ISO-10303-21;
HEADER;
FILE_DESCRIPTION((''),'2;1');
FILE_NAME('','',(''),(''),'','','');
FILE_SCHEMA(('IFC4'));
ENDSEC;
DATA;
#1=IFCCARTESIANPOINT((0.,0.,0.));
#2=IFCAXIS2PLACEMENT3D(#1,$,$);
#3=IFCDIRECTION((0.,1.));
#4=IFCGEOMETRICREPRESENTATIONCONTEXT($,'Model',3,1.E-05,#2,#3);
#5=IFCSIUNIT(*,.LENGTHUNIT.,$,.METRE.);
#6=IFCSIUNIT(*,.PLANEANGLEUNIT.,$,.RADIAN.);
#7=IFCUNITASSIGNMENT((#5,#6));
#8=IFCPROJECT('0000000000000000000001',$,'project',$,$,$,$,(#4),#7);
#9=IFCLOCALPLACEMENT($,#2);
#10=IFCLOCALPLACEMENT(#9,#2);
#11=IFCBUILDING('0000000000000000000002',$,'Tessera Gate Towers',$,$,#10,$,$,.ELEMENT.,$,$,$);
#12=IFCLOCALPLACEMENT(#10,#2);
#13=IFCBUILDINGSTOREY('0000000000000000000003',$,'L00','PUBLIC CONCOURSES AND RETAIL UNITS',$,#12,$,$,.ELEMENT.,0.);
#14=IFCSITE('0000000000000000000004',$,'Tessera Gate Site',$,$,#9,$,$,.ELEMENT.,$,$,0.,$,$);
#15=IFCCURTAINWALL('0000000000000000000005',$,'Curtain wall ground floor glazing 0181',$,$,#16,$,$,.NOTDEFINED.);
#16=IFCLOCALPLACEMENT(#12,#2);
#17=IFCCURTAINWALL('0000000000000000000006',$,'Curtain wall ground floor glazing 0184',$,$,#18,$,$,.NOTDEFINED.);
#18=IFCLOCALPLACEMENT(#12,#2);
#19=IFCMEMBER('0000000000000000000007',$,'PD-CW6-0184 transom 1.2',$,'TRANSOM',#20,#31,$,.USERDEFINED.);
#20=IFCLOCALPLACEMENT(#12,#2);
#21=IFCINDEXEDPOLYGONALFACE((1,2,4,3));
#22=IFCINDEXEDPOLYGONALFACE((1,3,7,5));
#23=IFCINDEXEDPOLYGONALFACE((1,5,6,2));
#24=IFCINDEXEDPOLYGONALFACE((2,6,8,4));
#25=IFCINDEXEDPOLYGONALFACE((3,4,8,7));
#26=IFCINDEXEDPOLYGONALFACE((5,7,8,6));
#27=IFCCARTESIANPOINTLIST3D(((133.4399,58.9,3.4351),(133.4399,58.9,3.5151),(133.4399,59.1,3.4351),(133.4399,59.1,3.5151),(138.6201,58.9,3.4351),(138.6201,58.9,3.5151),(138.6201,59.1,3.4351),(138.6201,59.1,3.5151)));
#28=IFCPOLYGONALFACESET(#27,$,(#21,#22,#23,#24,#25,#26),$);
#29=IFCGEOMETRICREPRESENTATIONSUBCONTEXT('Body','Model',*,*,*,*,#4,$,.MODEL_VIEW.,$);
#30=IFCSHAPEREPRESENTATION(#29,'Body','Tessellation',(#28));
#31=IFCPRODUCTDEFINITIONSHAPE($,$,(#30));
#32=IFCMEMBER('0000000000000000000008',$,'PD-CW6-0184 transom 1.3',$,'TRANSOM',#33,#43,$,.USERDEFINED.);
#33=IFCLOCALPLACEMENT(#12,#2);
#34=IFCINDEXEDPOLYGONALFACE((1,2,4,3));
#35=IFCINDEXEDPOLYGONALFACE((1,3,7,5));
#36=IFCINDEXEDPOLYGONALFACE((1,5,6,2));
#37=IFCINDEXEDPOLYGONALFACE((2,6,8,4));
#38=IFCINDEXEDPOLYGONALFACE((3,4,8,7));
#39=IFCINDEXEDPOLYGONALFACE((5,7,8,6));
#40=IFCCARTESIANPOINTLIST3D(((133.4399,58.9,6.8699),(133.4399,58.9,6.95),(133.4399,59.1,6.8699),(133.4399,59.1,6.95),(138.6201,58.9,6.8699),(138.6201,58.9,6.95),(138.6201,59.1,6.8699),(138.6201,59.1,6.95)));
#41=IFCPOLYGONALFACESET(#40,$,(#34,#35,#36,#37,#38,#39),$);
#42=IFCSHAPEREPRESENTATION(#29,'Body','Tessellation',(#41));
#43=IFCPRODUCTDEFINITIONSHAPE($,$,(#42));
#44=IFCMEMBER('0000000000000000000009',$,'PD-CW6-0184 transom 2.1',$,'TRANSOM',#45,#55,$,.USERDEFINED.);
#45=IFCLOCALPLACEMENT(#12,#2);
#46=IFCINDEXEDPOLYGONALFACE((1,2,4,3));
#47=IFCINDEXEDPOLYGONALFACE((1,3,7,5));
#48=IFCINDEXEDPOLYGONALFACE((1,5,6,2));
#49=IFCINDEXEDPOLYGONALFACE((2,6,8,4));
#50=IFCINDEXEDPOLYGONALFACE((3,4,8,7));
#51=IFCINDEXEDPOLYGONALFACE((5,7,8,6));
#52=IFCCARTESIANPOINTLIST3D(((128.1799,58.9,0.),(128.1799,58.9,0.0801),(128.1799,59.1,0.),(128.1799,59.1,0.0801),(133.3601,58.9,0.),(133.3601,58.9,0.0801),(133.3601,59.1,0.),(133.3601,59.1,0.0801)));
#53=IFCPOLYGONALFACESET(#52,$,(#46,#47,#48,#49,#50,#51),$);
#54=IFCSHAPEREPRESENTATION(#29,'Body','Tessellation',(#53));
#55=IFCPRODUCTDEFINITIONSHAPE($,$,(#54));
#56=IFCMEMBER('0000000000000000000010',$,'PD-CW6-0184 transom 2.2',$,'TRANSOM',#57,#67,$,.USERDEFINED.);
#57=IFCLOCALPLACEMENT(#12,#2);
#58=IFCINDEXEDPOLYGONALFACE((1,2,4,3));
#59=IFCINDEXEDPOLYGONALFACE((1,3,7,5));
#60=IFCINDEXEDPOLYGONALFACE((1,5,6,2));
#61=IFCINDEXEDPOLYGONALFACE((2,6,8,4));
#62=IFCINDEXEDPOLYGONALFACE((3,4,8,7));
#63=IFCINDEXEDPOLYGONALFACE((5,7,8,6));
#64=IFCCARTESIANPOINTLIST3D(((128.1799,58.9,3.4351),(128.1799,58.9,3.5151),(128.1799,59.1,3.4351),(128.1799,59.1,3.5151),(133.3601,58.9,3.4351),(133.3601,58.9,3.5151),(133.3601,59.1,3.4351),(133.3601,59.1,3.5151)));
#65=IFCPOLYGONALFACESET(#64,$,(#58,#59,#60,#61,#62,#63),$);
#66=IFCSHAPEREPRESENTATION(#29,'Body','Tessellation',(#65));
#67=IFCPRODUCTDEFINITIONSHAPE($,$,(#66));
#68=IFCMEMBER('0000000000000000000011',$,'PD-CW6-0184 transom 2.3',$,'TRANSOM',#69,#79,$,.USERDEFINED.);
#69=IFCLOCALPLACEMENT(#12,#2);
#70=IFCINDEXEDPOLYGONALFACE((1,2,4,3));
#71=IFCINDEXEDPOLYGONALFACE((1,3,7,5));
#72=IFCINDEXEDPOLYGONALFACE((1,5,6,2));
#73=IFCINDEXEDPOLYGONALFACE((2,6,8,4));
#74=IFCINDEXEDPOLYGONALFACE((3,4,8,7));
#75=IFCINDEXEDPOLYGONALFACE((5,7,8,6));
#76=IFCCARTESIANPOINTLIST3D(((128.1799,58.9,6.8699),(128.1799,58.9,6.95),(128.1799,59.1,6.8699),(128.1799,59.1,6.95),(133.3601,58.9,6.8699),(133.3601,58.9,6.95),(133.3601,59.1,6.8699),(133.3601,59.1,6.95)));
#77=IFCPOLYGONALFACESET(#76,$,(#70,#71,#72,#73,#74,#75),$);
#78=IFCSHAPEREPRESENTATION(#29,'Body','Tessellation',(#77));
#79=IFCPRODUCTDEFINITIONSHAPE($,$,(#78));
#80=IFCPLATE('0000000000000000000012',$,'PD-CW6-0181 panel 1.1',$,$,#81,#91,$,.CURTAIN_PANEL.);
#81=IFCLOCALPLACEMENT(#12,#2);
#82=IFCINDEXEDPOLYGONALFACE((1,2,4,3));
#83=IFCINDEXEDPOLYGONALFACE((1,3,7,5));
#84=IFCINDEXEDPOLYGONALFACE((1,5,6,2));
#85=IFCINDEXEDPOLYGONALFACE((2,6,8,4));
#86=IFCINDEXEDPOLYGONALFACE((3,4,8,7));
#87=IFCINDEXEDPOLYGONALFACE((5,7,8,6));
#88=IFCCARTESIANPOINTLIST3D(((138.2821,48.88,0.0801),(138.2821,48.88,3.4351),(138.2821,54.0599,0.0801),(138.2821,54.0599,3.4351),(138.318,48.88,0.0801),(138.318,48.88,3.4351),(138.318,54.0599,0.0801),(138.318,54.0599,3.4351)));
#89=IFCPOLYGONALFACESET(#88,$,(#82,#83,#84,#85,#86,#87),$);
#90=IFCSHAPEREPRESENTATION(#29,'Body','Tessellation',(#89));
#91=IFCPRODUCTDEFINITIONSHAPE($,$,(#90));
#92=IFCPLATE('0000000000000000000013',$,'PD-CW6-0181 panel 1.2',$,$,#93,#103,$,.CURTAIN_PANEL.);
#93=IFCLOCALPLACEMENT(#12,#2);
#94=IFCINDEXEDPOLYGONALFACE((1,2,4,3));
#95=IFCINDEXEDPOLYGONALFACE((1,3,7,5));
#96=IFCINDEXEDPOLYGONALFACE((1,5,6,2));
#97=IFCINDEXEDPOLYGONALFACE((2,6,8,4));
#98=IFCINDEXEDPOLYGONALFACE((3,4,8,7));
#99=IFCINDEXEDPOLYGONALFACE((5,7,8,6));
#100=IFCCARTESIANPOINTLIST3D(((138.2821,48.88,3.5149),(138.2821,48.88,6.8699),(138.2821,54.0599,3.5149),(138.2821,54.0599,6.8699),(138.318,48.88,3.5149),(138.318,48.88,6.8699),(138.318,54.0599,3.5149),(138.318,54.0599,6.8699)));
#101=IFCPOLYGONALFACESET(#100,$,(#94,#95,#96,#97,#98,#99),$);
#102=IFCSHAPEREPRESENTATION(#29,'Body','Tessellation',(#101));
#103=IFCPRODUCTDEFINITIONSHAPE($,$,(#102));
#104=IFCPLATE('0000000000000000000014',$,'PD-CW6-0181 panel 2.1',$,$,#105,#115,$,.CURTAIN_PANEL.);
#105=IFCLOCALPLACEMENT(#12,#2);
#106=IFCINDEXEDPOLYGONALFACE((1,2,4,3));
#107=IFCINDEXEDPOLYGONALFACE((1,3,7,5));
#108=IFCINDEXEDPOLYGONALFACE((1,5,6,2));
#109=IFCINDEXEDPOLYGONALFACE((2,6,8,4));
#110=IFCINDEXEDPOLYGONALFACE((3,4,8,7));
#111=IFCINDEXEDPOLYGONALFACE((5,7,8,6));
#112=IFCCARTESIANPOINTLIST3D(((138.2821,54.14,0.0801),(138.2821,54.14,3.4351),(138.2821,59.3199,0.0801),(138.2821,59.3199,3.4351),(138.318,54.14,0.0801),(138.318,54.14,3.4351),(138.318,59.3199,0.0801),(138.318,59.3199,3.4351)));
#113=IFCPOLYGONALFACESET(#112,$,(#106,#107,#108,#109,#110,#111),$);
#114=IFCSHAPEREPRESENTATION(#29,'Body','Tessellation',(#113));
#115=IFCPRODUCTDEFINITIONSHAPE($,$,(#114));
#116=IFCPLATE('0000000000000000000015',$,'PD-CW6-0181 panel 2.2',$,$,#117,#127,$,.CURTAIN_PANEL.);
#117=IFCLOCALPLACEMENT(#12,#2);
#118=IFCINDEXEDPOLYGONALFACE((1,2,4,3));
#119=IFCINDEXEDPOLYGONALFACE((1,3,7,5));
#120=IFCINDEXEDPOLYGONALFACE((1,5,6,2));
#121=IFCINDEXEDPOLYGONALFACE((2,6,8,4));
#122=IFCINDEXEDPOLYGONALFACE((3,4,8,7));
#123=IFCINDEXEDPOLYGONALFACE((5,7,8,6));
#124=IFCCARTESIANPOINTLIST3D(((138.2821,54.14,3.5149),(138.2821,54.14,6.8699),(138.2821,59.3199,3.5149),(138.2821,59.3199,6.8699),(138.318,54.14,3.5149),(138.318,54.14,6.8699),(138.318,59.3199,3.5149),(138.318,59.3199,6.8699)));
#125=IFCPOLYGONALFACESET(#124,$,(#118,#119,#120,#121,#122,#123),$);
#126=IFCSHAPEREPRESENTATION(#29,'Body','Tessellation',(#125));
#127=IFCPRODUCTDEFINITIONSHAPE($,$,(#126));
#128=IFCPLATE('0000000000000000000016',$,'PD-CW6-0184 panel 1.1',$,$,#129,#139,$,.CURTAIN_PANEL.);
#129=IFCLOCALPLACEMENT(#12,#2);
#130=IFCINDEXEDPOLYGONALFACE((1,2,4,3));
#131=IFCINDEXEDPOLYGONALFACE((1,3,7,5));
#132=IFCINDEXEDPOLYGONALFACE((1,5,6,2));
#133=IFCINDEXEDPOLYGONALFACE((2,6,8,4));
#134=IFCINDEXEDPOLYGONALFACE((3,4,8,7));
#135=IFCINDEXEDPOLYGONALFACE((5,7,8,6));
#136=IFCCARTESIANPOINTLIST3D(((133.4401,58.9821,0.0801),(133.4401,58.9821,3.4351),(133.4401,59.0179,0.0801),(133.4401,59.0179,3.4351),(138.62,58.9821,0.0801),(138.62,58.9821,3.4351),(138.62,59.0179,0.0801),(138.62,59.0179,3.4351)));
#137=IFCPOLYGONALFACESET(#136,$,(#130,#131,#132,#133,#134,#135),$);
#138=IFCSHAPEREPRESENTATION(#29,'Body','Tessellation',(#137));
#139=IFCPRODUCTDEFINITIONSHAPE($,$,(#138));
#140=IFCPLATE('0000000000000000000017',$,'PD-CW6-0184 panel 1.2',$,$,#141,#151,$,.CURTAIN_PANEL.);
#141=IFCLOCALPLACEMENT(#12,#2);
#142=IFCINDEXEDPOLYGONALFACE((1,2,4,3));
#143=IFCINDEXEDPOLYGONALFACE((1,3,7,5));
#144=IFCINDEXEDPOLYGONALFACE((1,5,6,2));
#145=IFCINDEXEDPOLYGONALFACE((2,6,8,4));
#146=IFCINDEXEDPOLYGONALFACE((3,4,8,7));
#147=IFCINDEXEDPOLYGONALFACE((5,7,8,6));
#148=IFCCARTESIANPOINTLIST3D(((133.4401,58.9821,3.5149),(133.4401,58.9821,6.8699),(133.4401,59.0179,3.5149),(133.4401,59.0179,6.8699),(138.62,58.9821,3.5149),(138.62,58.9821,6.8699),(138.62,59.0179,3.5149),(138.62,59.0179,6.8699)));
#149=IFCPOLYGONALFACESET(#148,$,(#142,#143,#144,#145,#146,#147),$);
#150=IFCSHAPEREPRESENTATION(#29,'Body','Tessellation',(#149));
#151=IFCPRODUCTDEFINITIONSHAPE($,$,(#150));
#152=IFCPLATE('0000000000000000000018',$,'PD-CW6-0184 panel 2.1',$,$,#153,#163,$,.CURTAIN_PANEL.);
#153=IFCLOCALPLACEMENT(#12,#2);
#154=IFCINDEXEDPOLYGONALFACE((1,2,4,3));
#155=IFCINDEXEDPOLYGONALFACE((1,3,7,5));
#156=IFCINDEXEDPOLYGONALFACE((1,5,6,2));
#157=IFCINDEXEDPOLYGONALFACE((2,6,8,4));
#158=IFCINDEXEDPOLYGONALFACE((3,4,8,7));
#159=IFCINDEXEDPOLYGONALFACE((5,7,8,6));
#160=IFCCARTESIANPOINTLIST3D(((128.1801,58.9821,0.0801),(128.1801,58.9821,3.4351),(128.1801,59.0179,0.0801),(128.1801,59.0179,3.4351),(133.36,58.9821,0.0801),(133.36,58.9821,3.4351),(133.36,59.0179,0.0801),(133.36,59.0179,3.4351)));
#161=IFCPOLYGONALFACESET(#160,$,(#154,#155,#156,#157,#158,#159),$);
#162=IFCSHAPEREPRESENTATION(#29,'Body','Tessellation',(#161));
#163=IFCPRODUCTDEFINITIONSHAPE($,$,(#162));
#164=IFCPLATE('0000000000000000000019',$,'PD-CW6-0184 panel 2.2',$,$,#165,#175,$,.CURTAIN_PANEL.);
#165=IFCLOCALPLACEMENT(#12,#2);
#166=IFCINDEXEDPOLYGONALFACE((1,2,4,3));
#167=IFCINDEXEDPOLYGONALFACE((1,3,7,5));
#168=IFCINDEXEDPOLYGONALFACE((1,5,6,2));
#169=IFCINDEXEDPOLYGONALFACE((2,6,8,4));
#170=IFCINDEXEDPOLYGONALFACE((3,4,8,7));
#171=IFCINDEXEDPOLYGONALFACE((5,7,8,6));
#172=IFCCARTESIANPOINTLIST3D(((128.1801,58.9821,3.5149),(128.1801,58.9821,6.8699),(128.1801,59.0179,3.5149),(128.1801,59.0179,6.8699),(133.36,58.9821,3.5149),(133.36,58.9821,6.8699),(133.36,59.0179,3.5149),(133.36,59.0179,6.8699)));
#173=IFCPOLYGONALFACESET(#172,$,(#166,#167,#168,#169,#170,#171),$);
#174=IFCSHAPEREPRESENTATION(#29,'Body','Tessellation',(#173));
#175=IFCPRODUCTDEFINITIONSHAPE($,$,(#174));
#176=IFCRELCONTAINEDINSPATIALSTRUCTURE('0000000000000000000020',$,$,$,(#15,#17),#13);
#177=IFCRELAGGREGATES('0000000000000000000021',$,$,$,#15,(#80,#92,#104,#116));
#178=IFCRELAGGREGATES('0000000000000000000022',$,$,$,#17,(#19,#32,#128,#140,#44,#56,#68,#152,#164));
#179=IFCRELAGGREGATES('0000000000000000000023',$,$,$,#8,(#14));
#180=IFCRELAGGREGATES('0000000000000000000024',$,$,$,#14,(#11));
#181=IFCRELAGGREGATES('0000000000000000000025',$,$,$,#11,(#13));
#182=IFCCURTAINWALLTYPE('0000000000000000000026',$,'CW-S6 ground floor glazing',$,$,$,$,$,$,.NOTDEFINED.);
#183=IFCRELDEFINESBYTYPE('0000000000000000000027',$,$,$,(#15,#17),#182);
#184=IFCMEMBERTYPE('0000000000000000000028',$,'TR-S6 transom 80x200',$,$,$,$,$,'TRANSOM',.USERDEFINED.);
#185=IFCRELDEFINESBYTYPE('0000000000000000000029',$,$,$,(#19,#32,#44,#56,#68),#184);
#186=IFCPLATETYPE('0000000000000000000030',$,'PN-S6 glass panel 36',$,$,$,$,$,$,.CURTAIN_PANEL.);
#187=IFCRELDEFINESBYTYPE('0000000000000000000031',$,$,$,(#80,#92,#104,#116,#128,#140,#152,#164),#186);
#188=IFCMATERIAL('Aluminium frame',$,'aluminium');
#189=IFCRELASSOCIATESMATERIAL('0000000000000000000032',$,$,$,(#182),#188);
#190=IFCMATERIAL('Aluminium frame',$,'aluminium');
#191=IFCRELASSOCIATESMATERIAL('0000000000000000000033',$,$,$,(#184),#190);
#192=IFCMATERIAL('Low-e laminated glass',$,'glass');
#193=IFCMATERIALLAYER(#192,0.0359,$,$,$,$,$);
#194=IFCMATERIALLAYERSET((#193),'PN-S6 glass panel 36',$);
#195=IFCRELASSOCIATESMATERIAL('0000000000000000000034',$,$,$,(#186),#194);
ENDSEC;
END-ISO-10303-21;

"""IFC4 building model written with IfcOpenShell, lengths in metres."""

from ifc_helpers import new_model, si_unit, direction, frame, origin, origin_2d, place, context, subcontext, project, spatial, rectangle, extrude, material, layer, layer_set, material_profile, profile_set, type_object, element, aggregate, save


model = new_model("IFC4")

# Units and contexts
model_context = context("Model", 3, precision=1e-05, world=origin(), true_north=direction((0.0, 1.0)))
body_context = subcontext(model_context, "Body", "Model", "MODEL_VIEW")
ifc_project = project(units=[si_unit("LENGTHUNIT", "METRE"), si_unit("PLANEANGLEUNIT", "RADIAN")], contexts=[model_context])

# Site, building, storey
site_placement = place(None, origin())
site = spatial("IfcSite", under=ifc_project, at=site_placement, Name="Tessera Gate Site", CompositionType="ELEMENT", RefElevation=0.0)
building_placement = place(site_placement, origin())
building = spatial("IfcBuilding", under=site, at=building_placement, Name="Tessera Gate Towers", CompositionType="ELEMENT")
storey_placement = place(building_placement, origin())
storey = spatial("IfcBuildingStorey", under=building, at=storey_placement, Name="L00", Description="PUBLIC CONCOURSES AND RETAIL UNITS", CompositionType="ELEMENT", Elevation=0.0)

# Curtain walls
ifc_material_1 = material(Name="Aluminium frame", Category="aluminium")
curtain_wall_type = type_object("IfcCurtainWallType", Name="CW-S6 ground floor glazing", PredefinedType="NOTDEFINED", material=ifc_material_1)
curtain_wall_1_placement = place(storey_placement, origin())
curtain_wall_1 = element("IfcCurtainWall", 1, at=curtain_wall_1_placement, inside=storey, type_object=curtain_wall_type, Name="Curtain wall ground floor glazing 0181", PredefinedType="NOTDEFINED")
curtain_wall_2_placement = place(storey_placement, origin())
curtain_wall_2 = element("IfcCurtainWall", 2, at=curtain_wall_2_placement, inside=storey, type_object=curtain_wall_type, Name="Curtain wall ground floor glazing 0184", PredefinedType="NOTDEFINED")

# Members
ifc_material_2 = material(Name="Aluminium frame", Category="aluminium")
ifc_material_profile_1 = material_profile(ifc_material_2, rectangle(XDim=0.2, YDim=0.0801, at=origin_2d()), Name="AL 80x200")
ifc_profile_set_1 = profile_set([ifc_material_profile_1], Name="Aluminium frame")
member_type_1 = type_object("IfcMemberType", Name="TR-S6 transom 80x200", ElementType="TRANSOM", PredefinedType="USERDEFINED", material=ifc_profile_set_1)
member_1_placement = place(storey_placement, frame((138.6201, 59.0, 3.4751), z_axis=(-1.0, 0.0, 0.0), x_axis=(0.0, -1.0, 0.0)))
member_1 = element("IfcMember", 3, at=member_1_placement, type_object=member_type_1, Name="PD-CW6-0184 transom 1.2", ObjectType="TRANSOM", PredefinedType="USERDEFINED", context=body_context, shape_type="SweptSolid", body=[
    extrude(rectangle(XDim=0.2, YDim=0.0801, at=origin_2d()), origin(), (0.0, 0.0, 1.0), 5.1802),
])
member_2_placement = place(storey_placement, frame((138.6201, 59.0, 6.9099), z_axis=(-1.0, 0.0, 0.0), x_axis=(0.0, -1.0, 0.0)))
member_2 = element("IfcMember", 4, at=member_2_placement, type_object=member_type_1, Name="PD-CW6-0184 transom 1.3", ObjectType="TRANSOM", PredefinedType="USERDEFINED", context=body_context, shape_type="SweptSolid", body=[
    extrude(rectangle(XDim=0.2, YDim=0.0801, at=origin_2d()), origin(), (0.0, 0.0, 1.0), 5.1802),
])
member_3_placement = place(storey_placement, frame((133.3601, 59.0, 0.04), z_axis=(-1.0, 0.0, 0.0), x_axis=(0.0, -1.0, 0.0)))
member_3 = element("IfcMember", 5, at=member_3_placement, type_object=member_type_1, Name="PD-CW6-0184 transom 2.1", ObjectType="TRANSOM", PredefinedType="USERDEFINED", context=body_context, shape_type="SweptSolid", body=[
    extrude(rectangle(XDim=0.2, YDim=0.0801, at=origin_2d()), origin(), (0.0, 0.0, 1.0), 5.1802),
])
member_4_placement = place(storey_placement, frame((133.3601, 59.0, 3.4751), z_axis=(-1.0, 0.0, 0.0), x_axis=(0.0, -1.0, 0.0)))
member_4 = element("IfcMember", 6, at=member_4_placement, type_object=member_type_1, Name="PD-CW6-0184 transom 2.2", ObjectType="TRANSOM", PredefinedType="USERDEFINED", context=body_context, shape_type="SweptSolid", body=[
    extrude(rectangle(XDim=0.2, YDim=0.0801, at=origin_2d()), origin(), (0.0, 0.0, 1.0), 5.1802),
])
member_5_placement = place(storey_placement, frame((133.3601, 59.0, 6.9099), z_axis=(-1.0, 0.0, 0.0), x_axis=(0.0, -1.0, 0.0)))
member_5 = element("IfcMember", 7, at=member_5_placement, type_object=member_type_1, Name="PD-CW6-0184 transom 2.3", ObjectType="TRANSOM", PredefinedType="USERDEFINED", context=body_context, shape_type="SweptSolid", body=[
    extrude(rectangle(XDim=0.2, YDim=0.0801, at=origin_2d()), origin(), (0.0, 0.0, 1.0), 5.1802),
])

# Plates
ifc_material_3 = material(Name="Low-e laminated glass", Category="glass")
ifc_layer_1 = layer(ifc_material_3, 0.0359)
ifc_layer_set_1 = layer_set([ifc_layer_1], Name="PN-S6 glass panel 36")
plate_type = type_object("IfcPlateType", Name="PN-S6 glass panel 36", PredefinedType="CURTAIN_PANEL", material=ifc_layer_set_1)
plate_1_placement = place(storey_placement, frame((138.3, 51.47, 0.0801), z_axis=(0.0, 0.0, 1.0), x_axis=(0.0, 1.0, 0.0)))
plate_1 = element("IfcPlate", 8, at=plate_1_placement, type_object=plate_type, Name="PD-CW6-0181 panel 1.1", PredefinedType="CURTAIN_PANEL", context=body_context, shape_type="SweptSolid", body=[
    extrude(rectangle(XDim=5.1799, YDim=0.0359, at=origin_2d()), origin(), (0.0, 0.0, 1.0), 3.355),
])
plate_2_placement = place(storey_placement, frame((138.3, 51.47, 3.5149), z_axis=(0.0, 0.0, 1.0), x_axis=(0.0, 1.0, 0.0)))
plate_2 = element("IfcPlate", 9, at=plate_2_placement, type_object=plate_type, Name="PD-CW6-0181 panel 1.2", PredefinedType="CURTAIN_PANEL", context=body_context, shape_type="SweptSolid", body=[
    extrude(rectangle(XDim=5.1799, YDim=0.0359, at=origin_2d()), origin(), (0.0, 0.0, 1.0), 3.355),
])
plate_3_placement = place(storey_placement, frame((138.3, 56.73, 0.0801), z_axis=(0.0, 0.0, 1.0), x_axis=(0.0, 1.0, 0.0)))
plate_3 = element("IfcPlate", 10, at=plate_3_placement, type_object=plate_type, Name="PD-CW6-0181 panel 2.1", PredefinedType="CURTAIN_PANEL", context=body_context, shape_type="SweptSolid", body=[
    extrude(rectangle(XDim=5.1799, YDim=0.0359, at=origin_2d()), origin(), (0.0, 0.0, 1.0), 3.355),
])
plate_4_placement = place(storey_placement, frame((138.3, 56.73, 3.5149), z_axis=(0.0, 0.0, 1.0), x_axis=(0.0, 1.0, 0.0)))
plate_4 = element("IfcPlate", 11, at=plate_4_placement, type_object=plate_type, Name="PD-CW6-0181 panel 2.2", PredefinedType="CURTAIN_PANEL", context=body_context, shape_type="SweptSolid", body=[
    extrude(rectangle(XDim=5.1799, YDim=0.0359, at=origin_2d()), origin(), (0.0, 0.0, 1.0), 3.355),
])
aggregate(curtain_wall_1, [plate_1, plate_2, plate_3, plate_4])
plate_5_placement = place(storey_placement, frame((136.03, 59.0, 0.0801), z_axis=(0.0, 0.0, 1.0), x_axis=(-1.0, 0.0, 0.0)))
plate_5 = element("IfcPlate", 12, at=plate_5_placement, type_object=plate_type, Name="PD-CW6-0184 panel 1.1", PredefinedType="CURTAIN_PANEL", context=body_context, shape_type="SweptSolid", body=[
    extrude(rectangle(XDim=5.1799, YDim=0.0359, at=origin_2d()), origin(), (0.0, 0.0, 1.0), 3.355),
])
plate_6_placement = place(storey_placement, frame((136.03, 59.0, 3.5149), z_axis=(0.0, 0.0, 1.0), x_axis=(-1.0, 0.0, 0.0)))
plate_6 = element("IfcPlate", 13, at=plate_6_placement, type_object=plate_type, Name="PD-CW6-0184 panel 1.2", PredefinedType="CURTAIN_PANEL", context=body_context, shape_type="SweptSolid", body=[
    extrude(rectangle(XDim=5.1799, YDim=0.0359, at=origin_2d()), origin(), (0.0, 0.0, 1.0), 3.355),
])
plate_7_placement = place(storey_placement, frame((130.77, 59.0, 0.0801), z_axis=(0.0, 0.0, 1.0), x_axis=(-1.0, 0.0, 0.0)))
plate_7 = element("IfcPlate", 14, at=plate_7_placement, type_object=plate_type, Name="PD-CW6-0184 panel 2.1", PredefinedType="CURTAIN_PANEL", context=body_context, shape_type="SweptSolid", body=[
    extrude(rectangle(XDim=5.1799, YDim=0.0359, at=origin_2d()), origin(), (0.0, 0.0, 1.0), 3.355),
])
plate_8_placement = place(storey_placement, frame((130.77, 59.0, 3.5149), z_axis=(0.0, 0.0, 1.0), x_axis=(-1.0, 0.0, 0.0)))
plate_8 = element("IfcPlate", 15, at=plate_8_placement, type_object=plate_type, Name="PD-CW6-0184 panel 2.2", PredefinedType="CURTAIN_PANEL", context=body_context, shape_type="SweptSolid", body=[
    extrude(rectangle(XDim=5.1799, YDim=0.0359, at=origin_2d()), origin(), (0.0, 0.0, 1.0), 3.355),
])
aggregate(curtain_wall_2, [member_1, member_2, plate_5, plate_6, member_3, member_4, member_5, plate_7, plate_8])

save(model, "model.ifc")
